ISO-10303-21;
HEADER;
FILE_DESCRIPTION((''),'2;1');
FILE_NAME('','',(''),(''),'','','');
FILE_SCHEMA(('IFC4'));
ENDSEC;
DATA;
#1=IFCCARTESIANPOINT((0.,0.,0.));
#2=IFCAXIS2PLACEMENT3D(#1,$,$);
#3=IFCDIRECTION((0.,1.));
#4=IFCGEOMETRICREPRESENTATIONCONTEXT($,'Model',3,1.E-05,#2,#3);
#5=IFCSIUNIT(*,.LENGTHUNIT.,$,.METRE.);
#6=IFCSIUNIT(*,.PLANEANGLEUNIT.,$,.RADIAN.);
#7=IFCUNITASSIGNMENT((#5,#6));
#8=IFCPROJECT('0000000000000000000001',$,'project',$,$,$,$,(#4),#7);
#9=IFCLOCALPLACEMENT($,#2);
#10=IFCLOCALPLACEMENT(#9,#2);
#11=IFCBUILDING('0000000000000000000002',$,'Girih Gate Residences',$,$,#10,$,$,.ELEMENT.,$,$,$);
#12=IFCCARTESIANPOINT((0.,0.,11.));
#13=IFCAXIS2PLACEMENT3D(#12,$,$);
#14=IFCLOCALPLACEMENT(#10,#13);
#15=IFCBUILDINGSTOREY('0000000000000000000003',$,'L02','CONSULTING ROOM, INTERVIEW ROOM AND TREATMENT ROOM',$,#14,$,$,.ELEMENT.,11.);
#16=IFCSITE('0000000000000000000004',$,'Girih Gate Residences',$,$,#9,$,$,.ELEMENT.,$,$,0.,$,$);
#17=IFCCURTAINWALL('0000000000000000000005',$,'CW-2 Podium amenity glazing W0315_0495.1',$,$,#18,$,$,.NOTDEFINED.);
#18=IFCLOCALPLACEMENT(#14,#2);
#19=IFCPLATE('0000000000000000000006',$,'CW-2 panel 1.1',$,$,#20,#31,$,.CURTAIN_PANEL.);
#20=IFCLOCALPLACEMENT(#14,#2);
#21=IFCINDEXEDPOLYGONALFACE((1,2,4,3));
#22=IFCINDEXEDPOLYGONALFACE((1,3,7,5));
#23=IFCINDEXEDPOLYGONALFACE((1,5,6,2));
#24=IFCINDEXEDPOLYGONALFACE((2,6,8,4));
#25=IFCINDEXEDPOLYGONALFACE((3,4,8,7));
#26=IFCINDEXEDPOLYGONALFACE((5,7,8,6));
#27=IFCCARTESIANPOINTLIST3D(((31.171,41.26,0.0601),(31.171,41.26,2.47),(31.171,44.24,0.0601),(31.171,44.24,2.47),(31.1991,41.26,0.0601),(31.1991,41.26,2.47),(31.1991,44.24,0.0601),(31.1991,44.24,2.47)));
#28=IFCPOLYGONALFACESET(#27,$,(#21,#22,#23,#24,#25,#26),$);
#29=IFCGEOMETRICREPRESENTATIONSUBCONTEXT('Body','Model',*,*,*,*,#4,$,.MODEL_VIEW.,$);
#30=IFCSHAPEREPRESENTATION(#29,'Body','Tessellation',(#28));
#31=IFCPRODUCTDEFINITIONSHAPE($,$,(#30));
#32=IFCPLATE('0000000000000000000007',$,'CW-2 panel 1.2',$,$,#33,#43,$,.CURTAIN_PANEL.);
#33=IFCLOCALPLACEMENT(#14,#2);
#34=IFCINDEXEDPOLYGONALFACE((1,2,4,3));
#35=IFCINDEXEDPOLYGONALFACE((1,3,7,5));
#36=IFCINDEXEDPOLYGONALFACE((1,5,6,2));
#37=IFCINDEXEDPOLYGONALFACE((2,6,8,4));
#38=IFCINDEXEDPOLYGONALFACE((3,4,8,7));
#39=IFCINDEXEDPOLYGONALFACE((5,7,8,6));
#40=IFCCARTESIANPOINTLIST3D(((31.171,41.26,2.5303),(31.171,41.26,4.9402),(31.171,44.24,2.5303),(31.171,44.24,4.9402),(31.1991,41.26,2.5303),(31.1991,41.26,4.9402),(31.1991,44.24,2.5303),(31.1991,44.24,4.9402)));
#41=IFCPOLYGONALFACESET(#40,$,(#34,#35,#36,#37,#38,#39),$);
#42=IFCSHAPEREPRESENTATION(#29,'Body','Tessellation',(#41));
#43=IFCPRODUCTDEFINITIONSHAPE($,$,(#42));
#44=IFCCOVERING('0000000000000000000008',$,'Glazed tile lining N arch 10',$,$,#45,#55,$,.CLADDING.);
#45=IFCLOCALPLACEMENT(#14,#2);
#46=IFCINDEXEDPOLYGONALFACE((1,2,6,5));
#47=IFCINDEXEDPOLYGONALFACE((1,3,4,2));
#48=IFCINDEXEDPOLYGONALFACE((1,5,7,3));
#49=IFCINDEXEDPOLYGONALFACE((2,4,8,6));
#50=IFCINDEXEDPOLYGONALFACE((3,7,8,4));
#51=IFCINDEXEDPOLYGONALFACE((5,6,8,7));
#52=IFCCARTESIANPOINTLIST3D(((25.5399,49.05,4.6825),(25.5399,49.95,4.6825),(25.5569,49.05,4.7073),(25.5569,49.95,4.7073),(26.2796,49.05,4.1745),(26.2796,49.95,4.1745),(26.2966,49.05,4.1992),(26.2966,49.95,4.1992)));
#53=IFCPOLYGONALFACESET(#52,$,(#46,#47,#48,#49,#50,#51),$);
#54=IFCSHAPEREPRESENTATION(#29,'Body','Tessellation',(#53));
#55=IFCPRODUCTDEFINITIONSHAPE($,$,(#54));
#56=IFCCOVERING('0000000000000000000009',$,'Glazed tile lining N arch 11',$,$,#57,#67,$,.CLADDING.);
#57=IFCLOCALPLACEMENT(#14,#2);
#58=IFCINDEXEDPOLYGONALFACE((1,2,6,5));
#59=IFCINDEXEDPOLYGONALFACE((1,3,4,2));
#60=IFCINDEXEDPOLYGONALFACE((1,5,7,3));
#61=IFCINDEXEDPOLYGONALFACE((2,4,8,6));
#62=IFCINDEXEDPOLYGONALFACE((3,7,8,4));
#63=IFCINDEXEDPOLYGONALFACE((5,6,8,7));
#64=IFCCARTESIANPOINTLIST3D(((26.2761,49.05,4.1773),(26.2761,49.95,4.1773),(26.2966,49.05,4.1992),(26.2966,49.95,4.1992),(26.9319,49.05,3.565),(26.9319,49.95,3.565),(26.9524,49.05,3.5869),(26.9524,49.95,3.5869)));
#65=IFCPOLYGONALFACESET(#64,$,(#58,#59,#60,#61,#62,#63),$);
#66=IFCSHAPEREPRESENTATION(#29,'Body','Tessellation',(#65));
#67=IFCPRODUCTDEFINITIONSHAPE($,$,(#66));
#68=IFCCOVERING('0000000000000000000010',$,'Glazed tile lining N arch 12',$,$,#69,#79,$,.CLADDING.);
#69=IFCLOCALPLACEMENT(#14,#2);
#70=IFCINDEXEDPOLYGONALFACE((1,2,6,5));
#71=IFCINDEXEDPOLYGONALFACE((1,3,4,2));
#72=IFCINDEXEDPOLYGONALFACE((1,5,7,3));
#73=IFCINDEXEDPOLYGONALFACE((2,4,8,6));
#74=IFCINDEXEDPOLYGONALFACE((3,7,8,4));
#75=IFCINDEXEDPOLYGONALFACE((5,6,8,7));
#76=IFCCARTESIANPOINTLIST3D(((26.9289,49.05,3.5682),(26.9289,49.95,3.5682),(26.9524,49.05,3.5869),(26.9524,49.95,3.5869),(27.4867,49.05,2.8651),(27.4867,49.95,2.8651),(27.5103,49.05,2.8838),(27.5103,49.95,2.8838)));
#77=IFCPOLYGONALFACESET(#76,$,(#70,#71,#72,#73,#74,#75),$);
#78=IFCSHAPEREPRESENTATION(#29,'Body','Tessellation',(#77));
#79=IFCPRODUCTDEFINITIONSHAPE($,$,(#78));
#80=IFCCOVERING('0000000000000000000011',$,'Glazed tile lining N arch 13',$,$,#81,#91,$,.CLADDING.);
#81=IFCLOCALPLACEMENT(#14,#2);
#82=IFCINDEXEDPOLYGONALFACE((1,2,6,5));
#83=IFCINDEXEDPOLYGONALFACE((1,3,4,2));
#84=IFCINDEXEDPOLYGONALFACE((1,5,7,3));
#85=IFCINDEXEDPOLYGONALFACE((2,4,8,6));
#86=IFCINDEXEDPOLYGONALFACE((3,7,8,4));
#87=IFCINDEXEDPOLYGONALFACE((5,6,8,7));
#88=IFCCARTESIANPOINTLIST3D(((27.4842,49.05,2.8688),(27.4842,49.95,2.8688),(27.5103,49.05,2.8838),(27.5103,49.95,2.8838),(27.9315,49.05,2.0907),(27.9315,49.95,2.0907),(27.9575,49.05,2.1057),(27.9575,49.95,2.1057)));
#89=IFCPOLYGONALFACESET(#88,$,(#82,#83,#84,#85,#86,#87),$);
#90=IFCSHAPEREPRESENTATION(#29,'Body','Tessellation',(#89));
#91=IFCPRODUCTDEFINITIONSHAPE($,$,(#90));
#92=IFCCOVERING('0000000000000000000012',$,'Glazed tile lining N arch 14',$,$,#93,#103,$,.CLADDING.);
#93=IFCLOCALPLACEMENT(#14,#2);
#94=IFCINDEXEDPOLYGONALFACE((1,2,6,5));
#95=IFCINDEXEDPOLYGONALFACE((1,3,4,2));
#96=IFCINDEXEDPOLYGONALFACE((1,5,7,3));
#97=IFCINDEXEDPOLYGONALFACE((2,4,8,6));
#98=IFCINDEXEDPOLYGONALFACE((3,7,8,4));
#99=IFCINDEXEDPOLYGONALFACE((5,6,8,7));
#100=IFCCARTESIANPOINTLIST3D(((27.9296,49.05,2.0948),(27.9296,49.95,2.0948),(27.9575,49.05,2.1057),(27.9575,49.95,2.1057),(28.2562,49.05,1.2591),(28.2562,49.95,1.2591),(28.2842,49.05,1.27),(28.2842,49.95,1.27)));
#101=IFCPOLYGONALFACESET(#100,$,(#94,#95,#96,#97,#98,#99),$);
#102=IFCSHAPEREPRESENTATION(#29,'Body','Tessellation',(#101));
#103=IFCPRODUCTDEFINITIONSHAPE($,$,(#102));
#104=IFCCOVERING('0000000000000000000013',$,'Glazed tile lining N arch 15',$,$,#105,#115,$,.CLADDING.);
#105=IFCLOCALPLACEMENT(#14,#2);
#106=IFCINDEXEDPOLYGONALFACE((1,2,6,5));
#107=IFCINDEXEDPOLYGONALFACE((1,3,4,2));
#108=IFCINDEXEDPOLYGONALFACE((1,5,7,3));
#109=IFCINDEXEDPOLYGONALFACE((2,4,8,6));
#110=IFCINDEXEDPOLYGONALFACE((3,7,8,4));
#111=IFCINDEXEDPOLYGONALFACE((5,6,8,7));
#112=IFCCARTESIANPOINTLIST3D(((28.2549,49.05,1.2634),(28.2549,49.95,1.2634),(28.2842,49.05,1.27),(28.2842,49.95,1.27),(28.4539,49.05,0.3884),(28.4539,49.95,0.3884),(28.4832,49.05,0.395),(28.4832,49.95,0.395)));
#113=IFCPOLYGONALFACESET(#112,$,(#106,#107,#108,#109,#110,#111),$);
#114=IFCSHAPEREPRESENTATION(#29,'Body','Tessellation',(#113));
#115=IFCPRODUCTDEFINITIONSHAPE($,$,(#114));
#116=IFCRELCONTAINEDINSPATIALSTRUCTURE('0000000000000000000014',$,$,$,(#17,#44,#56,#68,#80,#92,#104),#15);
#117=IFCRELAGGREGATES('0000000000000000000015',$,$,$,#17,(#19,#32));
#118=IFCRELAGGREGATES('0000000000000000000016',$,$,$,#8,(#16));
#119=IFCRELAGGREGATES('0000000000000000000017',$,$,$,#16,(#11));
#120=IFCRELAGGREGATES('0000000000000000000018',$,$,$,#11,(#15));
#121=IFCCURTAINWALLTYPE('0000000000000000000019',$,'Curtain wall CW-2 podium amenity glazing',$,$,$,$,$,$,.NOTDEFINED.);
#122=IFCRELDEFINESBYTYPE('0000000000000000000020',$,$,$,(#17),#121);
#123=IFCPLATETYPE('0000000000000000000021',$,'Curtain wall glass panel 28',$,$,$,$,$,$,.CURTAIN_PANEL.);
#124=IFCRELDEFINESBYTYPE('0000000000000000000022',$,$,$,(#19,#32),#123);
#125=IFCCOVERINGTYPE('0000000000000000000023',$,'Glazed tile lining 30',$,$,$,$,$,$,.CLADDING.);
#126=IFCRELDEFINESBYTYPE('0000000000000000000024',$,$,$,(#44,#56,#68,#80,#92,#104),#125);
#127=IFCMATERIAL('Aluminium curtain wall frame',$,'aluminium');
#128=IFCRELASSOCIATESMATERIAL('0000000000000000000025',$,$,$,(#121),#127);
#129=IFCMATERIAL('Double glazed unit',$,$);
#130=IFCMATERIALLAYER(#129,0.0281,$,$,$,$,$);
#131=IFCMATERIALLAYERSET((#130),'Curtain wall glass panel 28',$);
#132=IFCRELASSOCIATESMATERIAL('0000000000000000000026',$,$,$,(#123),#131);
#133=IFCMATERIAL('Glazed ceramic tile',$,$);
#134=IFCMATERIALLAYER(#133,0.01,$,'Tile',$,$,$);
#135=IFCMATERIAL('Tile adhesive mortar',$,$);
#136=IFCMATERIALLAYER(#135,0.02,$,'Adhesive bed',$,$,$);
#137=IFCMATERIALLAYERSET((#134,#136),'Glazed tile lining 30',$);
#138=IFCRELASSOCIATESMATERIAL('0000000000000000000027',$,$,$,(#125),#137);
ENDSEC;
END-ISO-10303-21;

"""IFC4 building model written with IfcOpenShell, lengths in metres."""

from ifc_helpers import new_model, si_unit, direction, frame, origin, origin_2d, place, context, subcontext, project, spatial, polyline, rectangle, outline, extrude, material, layer, layer_set, type_object, element, aggregate, save


model = new_model("IFC4")

# Units and contexts
model_context = context("Model", 3, precision=1e-05, world=origin(), true_north=direction((0.0, 1.0)))
body_context = subcontext(model_context, "Body", "Model", "MODEL_VIEW")
ifc_project = project(units=[si_unit("LENGTHUNIT", "METRE"), si_unit("PLANEANGLEUNIT", "RADIAN")], contexts=[model_context])

# Site, building, storey
site_placement = place(None, origin())
site = spatial("IfcSite", under=ifc_project, at=site_placement, Name="Girih Gate Residences", CompositionType="ELEMENT", RefElevation=0.0)
building_placement = place(site_placement, origin())
building = spatial("IfcBuilding", under=site, at=building_placement, Name="Girih Gate Residences", CompositionType="ELEMENT")
storey_placement = place(building_placement, frame((0.0, 0.0, 11.0)))
storey = spatial("IfcBuildingStorey", under=building, at=storey_placement, Name="L02", Description="CONSULTING ROOM, INTERVIEW ROOM AND TREATMENT ROOM", CompositionType="ELEMENT", Elevation=11.0)

# Curtain wall
ifc_material_1 = material(Name="Aluminium curtain wall frame", Category="aluminium")
curtain_wall_type = type_object("IfcCurtainWallType", Name="Curtain wall CW-2 podium amenity glazing", PredefinedType="NOTDEFINED", material=ifc_material_1)
curtain_wall_1_placement = place(storey_placement, origin())
curtain_wall_1 = element("IfcCurtainWall", 1, at=curtain_wall_1_placement, inside=storey, type_object=curtain_wall_type, Name="CW-2 Podium amenity glazing W0315_0495.1", PredefinedType="NOTDEFINED")

# Plates
ifc_material_2 = material(Name="Double glazed unit")
ifc_layer_1 = layer(ifc_material_2, 0.0281)
ifc_layer_set_1 = layer_set([ifc_layer_1], Name="Curtain wall glass panel 28")
plate_type = type_object("IfcPlateType", Name="Curtain wall glass panel 28", PredefinedType="CURTAIN_PANEL", material=ifc_layer_set_1)
plate_1_placement = place(storey_placement, frame((31.1851, 42.75, 0.0601), z_axis=(0.0, 0.0, 1.0), x_axis=(0.0, -1.0, 0.0)))
plate_1 = element("IfcPlate", 2, at=plate_1_placement, type_object=plate_type, Name="CW-2 panel 1.1", PredefinedType="CURTAIN_PANEL", context=body_context, shape_type="SweptSolid", body=[
    extrude(rectangle(XDim=2.98, YDim=0.0281, at=origin_2d()), origin(), (0.0, 0.0, 1.0), 2.4099),
])
plate_2_placement = place(storey_placement, frame((31.1851, 42.75, 2.5303), z_axis=(0.0, 0.0, 1.0), x_axis=(0.0, -1.0, 0.0)))
plate_2 = element("IfcPlate", 3, at=plate_2_placement, type_object=plate_type, Name="CW-2 panel 1.2", PredefinedType="CURTAIN_PANEL", context=body_context, shape_type="SweptSolid", body=[
    extrude(rectangle(XDim=2.98, YDim=0.0281, at=origin_2d()), origin(), (0.0, 0.0, 1.0), 2.4099),
])
aggregate(curtain_wall_1, [plate_1, plate_2])

# Coverings
ifc_material_3 = material(Name="Glazed ceramic tile")
ifc_layer_2 = layer(ifc_material_3, 0.01, Name="Tile")
ifc_material_4 = material(Name="Tile adhesive mortar")
ifc_layer_3 = layer(ifc_material_4, 0.02, Name="Adhesive bed")
ifc_layer_set_2 = layer_set([ifc_layer_2, ifc_layer_3], Name="Glazed tile lining 30")
covering_type = type_object("IfcCoveringType", Name="Glazed tile lining 30", PredefinedType="CLADDING", material=ifc_layer_set_2)
covering_1_placement = place(storey_placement, frame((25.5569, 49.05, 4.7073), z_axis=(0.566136, 0.0, 0.824312), x_axis=(0.824312, 0.0, -0.566136)))
element("IfcCovering", 4, at=covering_1_placement, inside=storey, type_object=covering_type, Name="Glazed tile lining N arch 10", PredefinedType="CLADDING", context=body_context, shape_type="SweptSolid", body=[
    extrude(outline(polyline([(0.0, 0.0), (0.8974, 0.0), (0.8974, 0.8999), (0.0, 0.8999), (0.0, 0.0)])), origin(), (0.0, 0.0, -1.0), 0.03),
])
covering_2_placement = place(storey_placement, frame((26.2966, 49.05, 4.1992), z_axis=(0.682473, 0.0, 0.73091), x_axis=(0.73091, 0.0, -0.682473)))
element("IfcCovering", 5, at=covering_2_placement, inside=storey, type_object=covering_type, Name="Glazed tile lining N arch 11", PredefinedType="CLADDING", context=body_context, shape_type="SweptSolid", body=[
    extrude(outline(polyline([(0.0, 0.0), (0.8972, 0.0), (0.8972, 0.8999), (0.0, 0.8999), (0.0, 0.0)])), origin(), (0.0, 0.0, -1.0), 0.03),
])
covering_3_placement = place(storey_placement, frame((26.9524, 49.05, 3.5869), z_axis=(0.783384, 0.0, 0.621539), x_axis=(0.621539, 0.0, -0.783384)))
element("IfcCovering", 6, at=covering_3_placement, inside=storey, type_object=covering_type, Name="Glazed tile lining N arch 12", PredefinedType="CLADDING", context=body_context, shape_type="SweptSolid", body=[
    extrude(outline(polyline([(0.0, 0.0), (0.8975, 0.0), (0.8975, 0.8999), (0.0, 0.8999), (0.0, 0.0)])), origin(), (0.0, 0.0, -1.0), 0.03),
])
covering_4_placement = place(storey_placement, frame((27.5103, 49.05, 2.8838), z_axis=(0.866968, 0.0, 0.498364), x_axis=(0.498364, 0.0, -0.866968)))
element("IfcCovering", 7, at=covering_4_placement, inside=storey, type_object=covering_type, Name="Glazed tile lining N arch 13", PredefinedType="CLADDING", context=body_context, shape_type="SweptSolid", body=[
    extrude(outline(polyline([(0.0, 0.0), (0.8975, 0.0), (0.8975, 0.8999), (0.0, 0.8999), (0.0, 0.0)])), origin(), (0.0, 0.0, -1.0), 0.03),
])
covering_5_placement = place(storey_placement, frame((27.9575, 49.05, 2.1057), z_axis=(0.931375, 0.0, 0.364061), x_axis=(0.364061, 0.0, -0.931375)))
element("IfcCovering", 8, at=covering_5_placement, inside=storey, type_object=covering_type, Name="Glazed tile lining N arch 14", PredefinedType="CLADDING", context=body_context, shape_type="SweptSolid", body=[
    extrude(outline(polyline([(0.0, 0.0), (0.8973, 0.0), (0.8973, 0.8999), (0.0, 0.8999), (0.0, 0.0)])), origin(), (0.0, 0.0, -1.0), 0.03),
])
covering_6_placement = place(storey_placement, frame((28.2842, 49.05, 1.27), z_axis=(0.975106, 0.0, 0.221739), x_axis=(0.221739, 0.0, -0.975106)))
element("IfcCovering", 9, at=covering_6_placement, inside=storey, type_object=covering_type, Name="Glazed tile lining N arch 15", PredefinedType="CLADDING", context=body_context, shape_type="SweptSolid", body=[
    extrude(outline(polyline([(0.0, 0.0), (0.8973, 0.0), (0.8973, 0.8999), (0.0, 0.8999), (0.0, 0.0)])), origin(), (0.0, 0.0, -1.0), 0.03),
])

save(model, "model.ifc")
